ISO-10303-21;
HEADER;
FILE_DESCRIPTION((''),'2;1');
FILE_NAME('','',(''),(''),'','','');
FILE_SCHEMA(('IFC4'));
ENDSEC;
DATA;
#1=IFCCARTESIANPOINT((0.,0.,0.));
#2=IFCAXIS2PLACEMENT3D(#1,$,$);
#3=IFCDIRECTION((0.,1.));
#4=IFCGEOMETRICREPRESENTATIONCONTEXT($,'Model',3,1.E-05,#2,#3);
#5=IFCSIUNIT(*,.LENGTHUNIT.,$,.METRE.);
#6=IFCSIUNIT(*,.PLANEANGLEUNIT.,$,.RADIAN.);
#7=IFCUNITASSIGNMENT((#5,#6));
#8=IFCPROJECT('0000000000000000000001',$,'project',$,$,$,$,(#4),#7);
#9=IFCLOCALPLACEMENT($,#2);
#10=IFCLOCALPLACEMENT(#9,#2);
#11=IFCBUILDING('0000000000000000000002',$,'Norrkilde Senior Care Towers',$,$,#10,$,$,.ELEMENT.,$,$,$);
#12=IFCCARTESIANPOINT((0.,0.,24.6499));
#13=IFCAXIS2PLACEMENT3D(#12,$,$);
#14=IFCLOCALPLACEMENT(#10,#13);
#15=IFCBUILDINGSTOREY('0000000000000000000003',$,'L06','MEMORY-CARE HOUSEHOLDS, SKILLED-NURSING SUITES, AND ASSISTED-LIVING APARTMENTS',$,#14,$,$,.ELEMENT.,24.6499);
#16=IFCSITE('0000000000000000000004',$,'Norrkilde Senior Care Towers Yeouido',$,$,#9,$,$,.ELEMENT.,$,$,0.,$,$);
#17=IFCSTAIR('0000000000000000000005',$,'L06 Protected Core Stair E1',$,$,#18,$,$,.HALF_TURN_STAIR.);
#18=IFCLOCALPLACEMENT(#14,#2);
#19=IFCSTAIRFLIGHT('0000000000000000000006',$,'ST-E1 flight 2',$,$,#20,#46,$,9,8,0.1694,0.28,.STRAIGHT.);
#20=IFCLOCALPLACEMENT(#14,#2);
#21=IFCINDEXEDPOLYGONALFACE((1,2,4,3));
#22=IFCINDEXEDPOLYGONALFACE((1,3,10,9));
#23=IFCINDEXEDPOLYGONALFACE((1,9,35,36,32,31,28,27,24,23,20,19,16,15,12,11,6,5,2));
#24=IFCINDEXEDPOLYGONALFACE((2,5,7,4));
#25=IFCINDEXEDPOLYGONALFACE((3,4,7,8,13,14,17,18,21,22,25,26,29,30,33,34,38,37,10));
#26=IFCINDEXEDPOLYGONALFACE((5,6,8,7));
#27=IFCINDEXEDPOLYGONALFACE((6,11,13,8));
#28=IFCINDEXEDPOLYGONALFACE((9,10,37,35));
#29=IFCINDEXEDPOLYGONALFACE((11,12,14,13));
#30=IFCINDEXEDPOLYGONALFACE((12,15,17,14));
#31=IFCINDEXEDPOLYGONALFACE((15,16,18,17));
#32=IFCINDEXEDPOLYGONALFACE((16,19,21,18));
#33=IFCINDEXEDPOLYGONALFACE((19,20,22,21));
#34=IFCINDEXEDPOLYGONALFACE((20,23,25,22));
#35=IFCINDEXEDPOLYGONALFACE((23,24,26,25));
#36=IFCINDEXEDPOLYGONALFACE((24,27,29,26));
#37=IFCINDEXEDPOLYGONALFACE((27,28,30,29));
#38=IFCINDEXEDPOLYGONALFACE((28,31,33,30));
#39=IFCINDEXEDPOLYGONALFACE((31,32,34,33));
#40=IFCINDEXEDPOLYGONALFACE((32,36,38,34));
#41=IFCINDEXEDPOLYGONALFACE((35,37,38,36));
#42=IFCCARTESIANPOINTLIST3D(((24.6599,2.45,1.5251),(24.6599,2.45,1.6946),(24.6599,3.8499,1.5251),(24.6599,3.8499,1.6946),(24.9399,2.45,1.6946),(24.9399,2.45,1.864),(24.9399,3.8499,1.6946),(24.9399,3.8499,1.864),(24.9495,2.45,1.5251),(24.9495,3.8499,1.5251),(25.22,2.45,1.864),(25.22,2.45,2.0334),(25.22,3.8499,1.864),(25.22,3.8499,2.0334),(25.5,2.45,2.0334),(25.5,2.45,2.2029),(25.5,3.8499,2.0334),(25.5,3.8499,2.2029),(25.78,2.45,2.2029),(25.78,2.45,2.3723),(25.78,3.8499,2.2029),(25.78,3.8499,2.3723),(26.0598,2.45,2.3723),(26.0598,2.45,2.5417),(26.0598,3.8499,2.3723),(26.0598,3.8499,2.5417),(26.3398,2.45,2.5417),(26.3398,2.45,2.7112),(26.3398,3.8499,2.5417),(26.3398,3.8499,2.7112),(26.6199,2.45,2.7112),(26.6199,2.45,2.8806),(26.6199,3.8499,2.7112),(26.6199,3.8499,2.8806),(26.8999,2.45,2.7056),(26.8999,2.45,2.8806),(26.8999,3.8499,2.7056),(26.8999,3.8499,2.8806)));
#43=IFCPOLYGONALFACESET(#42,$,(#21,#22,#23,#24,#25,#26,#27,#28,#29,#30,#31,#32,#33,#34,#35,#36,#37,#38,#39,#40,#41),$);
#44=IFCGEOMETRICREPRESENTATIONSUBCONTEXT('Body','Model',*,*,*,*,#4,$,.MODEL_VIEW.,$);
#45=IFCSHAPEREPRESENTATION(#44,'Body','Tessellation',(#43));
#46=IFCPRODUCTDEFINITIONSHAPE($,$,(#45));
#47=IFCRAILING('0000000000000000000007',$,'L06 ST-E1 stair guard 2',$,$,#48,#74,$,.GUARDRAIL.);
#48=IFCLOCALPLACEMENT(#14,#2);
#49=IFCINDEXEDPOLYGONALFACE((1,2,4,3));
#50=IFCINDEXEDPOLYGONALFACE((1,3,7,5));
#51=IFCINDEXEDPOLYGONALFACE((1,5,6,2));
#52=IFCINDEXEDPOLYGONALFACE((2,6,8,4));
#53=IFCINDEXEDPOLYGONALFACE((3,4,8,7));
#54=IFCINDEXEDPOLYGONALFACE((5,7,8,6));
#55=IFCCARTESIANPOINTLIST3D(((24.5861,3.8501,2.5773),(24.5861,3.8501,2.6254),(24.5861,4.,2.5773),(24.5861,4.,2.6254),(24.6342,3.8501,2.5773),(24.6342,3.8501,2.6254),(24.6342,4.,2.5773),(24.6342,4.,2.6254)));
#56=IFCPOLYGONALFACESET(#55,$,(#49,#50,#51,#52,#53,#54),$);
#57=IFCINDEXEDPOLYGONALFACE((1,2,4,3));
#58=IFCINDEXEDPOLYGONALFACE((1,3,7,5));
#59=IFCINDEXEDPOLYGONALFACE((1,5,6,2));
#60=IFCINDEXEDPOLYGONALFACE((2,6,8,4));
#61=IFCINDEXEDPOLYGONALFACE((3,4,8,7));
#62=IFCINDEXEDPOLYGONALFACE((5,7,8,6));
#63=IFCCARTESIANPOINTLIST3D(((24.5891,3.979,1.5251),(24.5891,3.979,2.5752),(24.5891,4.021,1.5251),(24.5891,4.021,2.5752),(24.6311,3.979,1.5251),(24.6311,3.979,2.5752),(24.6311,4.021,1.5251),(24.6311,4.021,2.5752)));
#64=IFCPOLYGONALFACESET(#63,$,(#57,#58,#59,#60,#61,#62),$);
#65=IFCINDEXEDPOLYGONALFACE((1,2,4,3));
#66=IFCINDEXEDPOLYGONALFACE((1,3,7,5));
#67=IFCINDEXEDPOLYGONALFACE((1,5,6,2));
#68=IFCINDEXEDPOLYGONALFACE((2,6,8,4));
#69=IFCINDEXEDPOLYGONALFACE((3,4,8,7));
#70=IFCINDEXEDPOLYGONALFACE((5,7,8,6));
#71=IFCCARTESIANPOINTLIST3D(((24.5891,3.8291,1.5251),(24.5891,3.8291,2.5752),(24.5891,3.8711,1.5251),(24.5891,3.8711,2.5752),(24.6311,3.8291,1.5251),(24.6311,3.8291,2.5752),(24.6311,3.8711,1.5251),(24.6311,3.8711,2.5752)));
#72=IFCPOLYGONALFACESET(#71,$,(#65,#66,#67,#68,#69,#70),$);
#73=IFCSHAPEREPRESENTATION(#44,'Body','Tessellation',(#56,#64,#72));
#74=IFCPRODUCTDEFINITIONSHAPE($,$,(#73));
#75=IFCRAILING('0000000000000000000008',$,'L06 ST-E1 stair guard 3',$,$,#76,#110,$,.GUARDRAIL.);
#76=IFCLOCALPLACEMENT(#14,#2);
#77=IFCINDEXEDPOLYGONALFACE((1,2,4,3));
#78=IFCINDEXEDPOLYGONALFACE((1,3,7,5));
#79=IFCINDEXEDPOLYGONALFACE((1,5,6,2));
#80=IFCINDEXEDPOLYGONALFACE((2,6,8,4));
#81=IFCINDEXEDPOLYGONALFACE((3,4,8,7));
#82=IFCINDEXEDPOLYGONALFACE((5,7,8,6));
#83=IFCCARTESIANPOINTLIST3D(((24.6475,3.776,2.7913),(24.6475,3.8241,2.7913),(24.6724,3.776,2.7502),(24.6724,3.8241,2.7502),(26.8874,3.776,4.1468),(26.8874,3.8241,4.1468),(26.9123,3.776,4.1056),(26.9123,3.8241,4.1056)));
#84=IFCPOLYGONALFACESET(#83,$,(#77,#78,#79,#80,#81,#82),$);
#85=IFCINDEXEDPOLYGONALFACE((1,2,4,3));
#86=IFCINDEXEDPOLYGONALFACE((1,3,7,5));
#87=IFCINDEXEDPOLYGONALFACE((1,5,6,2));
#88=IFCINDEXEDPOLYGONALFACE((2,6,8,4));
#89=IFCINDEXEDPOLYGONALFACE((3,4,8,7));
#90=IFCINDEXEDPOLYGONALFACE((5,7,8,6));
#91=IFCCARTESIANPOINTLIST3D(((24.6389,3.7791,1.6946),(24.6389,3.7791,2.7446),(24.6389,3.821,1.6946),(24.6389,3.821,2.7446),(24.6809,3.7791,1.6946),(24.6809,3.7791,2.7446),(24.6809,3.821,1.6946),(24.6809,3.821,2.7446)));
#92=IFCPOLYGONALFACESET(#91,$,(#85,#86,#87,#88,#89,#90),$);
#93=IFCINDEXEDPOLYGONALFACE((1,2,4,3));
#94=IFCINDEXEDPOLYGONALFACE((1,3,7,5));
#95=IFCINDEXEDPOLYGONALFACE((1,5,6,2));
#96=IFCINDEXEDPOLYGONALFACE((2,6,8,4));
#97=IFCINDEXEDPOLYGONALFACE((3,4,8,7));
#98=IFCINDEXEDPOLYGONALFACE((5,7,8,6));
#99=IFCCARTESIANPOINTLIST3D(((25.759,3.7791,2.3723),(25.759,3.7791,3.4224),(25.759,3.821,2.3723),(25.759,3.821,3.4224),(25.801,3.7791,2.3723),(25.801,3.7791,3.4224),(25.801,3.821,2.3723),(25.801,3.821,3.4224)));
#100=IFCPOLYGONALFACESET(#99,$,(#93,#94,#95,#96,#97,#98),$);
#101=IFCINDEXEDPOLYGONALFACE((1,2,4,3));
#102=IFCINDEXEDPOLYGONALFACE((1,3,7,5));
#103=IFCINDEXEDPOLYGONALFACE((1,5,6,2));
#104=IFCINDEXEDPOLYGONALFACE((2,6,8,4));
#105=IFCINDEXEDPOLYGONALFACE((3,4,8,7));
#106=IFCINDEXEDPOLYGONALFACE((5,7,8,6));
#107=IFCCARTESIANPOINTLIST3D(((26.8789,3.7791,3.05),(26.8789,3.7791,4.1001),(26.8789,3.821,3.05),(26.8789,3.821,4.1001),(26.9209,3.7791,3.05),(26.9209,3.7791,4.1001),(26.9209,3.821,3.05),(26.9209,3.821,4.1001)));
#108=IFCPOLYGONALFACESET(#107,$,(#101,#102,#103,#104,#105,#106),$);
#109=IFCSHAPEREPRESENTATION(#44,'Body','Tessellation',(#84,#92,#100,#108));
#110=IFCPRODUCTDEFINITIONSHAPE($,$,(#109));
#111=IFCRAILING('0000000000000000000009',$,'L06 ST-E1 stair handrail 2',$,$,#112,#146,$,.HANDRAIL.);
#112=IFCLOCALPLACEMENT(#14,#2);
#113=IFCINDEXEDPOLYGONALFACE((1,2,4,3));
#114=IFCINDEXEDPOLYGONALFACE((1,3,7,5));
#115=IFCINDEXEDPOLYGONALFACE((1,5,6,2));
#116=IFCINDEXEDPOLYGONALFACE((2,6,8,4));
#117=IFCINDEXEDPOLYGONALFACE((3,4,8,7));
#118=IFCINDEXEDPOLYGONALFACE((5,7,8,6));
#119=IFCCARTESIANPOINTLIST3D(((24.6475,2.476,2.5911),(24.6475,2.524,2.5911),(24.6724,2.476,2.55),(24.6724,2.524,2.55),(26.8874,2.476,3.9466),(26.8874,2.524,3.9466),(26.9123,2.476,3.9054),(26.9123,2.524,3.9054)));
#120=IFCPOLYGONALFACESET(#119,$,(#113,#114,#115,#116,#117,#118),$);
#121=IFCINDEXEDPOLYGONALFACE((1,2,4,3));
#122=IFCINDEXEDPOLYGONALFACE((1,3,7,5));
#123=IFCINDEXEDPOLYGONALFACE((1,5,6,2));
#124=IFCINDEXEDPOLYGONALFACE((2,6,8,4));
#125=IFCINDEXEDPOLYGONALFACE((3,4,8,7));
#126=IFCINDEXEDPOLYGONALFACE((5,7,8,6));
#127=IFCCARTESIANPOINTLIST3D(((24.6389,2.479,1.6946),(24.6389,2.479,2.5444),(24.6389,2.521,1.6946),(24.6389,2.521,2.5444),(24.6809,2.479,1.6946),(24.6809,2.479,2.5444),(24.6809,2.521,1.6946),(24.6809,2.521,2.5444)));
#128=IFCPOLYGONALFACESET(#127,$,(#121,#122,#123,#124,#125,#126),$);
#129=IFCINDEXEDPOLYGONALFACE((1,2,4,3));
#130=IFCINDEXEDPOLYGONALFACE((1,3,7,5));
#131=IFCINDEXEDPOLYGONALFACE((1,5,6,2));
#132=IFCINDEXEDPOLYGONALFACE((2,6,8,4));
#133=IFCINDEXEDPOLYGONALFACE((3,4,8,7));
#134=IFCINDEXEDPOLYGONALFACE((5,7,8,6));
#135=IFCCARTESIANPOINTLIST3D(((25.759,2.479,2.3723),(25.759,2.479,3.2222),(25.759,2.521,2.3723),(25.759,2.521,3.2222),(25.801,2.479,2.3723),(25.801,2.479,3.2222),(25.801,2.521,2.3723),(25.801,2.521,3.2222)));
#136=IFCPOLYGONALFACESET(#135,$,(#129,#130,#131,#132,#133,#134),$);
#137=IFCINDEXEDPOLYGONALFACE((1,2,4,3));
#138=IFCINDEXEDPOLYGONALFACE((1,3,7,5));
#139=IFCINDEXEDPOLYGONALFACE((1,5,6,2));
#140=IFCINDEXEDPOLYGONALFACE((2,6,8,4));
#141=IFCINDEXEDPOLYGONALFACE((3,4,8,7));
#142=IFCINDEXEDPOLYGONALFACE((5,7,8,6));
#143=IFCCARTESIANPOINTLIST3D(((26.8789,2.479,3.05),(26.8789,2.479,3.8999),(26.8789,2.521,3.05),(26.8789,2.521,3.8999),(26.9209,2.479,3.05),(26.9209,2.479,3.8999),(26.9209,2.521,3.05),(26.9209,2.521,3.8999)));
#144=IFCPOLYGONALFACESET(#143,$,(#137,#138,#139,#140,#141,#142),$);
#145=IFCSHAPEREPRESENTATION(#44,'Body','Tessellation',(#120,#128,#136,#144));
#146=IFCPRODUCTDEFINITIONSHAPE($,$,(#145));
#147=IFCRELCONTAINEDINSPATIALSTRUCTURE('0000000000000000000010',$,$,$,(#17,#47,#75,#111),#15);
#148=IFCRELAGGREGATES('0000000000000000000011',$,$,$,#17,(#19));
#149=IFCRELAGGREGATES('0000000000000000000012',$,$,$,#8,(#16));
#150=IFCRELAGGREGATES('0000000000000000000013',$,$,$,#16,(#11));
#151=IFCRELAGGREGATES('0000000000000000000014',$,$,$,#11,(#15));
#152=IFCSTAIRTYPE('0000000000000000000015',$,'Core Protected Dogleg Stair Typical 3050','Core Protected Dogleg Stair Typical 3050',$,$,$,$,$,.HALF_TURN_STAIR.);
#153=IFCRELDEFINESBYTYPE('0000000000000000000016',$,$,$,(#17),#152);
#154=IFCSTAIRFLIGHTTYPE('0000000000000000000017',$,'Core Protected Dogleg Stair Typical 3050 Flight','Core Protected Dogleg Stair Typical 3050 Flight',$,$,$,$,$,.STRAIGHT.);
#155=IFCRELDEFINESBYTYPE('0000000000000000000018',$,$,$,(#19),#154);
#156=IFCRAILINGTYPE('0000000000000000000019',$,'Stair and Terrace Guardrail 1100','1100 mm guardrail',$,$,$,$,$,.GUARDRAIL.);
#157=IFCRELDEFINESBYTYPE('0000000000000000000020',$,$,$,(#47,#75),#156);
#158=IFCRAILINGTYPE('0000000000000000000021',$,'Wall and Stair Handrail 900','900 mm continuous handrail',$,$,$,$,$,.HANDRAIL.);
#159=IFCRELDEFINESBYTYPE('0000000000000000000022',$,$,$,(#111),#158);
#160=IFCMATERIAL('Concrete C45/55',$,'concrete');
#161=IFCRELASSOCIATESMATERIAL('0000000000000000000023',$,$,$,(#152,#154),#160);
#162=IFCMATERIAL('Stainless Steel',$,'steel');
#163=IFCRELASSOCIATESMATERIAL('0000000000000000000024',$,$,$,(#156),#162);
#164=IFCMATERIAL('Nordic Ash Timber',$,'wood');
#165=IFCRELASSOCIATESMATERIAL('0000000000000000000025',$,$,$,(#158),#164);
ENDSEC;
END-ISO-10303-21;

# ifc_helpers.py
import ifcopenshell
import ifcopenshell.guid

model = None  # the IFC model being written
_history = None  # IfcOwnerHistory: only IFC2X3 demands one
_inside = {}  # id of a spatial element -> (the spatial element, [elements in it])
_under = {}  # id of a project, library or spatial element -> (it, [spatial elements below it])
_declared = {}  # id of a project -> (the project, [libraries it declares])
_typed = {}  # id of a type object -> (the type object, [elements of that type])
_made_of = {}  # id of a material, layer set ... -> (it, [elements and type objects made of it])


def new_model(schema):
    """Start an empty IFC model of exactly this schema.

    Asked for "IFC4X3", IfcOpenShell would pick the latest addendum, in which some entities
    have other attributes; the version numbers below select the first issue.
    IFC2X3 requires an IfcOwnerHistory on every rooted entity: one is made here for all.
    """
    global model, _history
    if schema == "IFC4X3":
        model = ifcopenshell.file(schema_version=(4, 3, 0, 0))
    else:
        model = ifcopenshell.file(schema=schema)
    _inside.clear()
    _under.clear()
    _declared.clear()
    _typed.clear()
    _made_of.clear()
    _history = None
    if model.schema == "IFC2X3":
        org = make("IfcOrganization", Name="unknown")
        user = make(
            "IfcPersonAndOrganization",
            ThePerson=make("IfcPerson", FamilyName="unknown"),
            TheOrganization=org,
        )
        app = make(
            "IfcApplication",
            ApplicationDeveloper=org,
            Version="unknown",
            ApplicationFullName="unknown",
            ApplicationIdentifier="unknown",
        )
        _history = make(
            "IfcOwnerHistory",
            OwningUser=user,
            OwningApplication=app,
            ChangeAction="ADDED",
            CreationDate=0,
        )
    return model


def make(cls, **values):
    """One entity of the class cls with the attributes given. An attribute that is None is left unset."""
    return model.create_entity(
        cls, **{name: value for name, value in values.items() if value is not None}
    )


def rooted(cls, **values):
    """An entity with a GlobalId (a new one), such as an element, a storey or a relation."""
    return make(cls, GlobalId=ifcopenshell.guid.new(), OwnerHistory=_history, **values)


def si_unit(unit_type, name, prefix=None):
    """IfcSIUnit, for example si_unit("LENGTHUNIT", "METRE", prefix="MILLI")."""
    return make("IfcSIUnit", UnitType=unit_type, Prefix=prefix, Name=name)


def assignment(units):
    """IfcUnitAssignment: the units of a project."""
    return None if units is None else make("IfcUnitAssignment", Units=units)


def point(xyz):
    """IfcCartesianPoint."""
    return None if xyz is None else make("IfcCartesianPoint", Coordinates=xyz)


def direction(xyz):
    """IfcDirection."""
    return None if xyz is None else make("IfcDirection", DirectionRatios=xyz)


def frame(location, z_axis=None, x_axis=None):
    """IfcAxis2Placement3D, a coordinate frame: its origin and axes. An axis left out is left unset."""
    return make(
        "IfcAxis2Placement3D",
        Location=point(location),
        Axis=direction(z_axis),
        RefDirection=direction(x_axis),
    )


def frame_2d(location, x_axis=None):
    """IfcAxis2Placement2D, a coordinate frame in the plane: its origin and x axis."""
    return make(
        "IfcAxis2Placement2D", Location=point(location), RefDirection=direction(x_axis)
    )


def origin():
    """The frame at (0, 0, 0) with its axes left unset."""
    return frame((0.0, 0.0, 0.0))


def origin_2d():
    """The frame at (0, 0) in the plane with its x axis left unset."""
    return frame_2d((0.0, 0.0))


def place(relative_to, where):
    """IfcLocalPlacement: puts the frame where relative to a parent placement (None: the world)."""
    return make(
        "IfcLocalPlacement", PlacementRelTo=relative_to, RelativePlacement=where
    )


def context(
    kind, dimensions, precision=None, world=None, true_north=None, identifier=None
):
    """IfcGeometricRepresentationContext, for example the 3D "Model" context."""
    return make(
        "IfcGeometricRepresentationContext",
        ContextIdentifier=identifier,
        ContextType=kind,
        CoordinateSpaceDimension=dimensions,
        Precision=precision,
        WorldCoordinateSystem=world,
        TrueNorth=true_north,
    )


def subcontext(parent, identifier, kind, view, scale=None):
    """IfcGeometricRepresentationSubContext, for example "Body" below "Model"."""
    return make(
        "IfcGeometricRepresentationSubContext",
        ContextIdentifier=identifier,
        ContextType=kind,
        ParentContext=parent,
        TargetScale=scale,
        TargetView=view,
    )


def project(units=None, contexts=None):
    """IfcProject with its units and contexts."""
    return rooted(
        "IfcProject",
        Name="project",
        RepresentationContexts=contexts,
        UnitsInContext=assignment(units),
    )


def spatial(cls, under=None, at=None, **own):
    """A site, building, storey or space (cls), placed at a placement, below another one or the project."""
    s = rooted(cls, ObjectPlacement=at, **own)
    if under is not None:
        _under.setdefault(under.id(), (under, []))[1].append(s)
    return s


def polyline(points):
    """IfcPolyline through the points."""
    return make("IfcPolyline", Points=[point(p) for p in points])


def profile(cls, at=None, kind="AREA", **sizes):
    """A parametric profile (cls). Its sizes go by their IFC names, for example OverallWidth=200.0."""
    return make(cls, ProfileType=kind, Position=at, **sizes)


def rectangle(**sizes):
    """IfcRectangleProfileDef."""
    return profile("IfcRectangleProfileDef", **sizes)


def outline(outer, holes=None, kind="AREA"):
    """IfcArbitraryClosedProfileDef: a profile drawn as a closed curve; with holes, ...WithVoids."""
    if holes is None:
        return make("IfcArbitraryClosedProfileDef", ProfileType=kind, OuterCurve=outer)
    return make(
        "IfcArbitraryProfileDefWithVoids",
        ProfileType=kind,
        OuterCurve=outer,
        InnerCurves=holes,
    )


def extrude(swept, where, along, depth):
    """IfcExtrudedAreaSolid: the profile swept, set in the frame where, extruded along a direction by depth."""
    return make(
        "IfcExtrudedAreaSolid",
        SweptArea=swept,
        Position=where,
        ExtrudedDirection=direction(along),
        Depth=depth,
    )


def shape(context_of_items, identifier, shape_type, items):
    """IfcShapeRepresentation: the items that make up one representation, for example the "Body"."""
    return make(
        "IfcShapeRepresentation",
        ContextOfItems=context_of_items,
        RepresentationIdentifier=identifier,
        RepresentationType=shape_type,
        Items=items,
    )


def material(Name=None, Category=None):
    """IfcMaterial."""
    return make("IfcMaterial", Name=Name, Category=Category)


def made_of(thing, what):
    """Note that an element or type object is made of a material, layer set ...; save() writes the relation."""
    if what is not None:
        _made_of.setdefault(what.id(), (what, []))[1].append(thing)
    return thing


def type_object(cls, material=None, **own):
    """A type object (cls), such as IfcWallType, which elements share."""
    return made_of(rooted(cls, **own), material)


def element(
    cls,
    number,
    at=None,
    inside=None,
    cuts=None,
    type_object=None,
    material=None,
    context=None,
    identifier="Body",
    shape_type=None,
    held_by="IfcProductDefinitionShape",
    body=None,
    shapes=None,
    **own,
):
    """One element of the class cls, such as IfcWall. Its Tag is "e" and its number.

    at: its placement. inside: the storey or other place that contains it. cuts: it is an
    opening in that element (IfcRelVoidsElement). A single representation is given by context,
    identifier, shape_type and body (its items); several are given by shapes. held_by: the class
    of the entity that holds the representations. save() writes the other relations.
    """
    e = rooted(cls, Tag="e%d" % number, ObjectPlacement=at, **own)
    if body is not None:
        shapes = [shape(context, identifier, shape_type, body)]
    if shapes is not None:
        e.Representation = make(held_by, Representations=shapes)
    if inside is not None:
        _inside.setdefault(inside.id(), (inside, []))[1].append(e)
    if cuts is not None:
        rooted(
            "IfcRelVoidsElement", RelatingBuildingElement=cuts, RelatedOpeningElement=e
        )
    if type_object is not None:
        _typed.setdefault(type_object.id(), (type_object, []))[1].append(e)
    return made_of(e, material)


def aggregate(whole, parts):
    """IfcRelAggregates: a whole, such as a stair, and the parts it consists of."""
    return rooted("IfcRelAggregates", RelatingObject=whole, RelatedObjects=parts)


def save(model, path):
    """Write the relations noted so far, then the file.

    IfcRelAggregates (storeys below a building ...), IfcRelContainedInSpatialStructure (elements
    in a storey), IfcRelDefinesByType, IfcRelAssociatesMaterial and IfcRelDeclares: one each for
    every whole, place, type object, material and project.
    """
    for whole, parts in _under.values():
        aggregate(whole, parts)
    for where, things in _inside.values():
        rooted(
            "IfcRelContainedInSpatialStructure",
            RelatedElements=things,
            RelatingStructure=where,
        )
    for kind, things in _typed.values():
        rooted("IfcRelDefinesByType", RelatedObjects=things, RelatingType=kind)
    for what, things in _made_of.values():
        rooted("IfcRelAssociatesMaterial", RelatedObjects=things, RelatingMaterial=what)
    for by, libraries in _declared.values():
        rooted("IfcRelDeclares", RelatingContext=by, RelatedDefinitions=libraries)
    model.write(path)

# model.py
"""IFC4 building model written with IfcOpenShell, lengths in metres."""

from ifc_helpers import new_model, si_unit, direction, frame, origin, origin_2d, place, context, subcontext, project, spatial, polyline, rectangle, outline, extrude, material, type_object, element, aggregate, save


model = new_model("IFC4")

# Units and contexts
model_context = context("Model", 3, precision=1e-05, world=origin(), true_north=direction((0.0, 1.0)))
body_context = subcontext(model_context, "Body", "Model", "MODEL_VIEW")
ifc_project = project(units=[si_unit("LENGTHUNIT", "METRE"), si_unit("PLANEANGLEUNIT", "RADIAN")], contexts=[model_context])

# Site, building, storey
site_placement = place(None, origin())
site = spatial("IfcSite", under=ifc_project, at=site_placement, Name="Norrkilde Senior Care Towers Yeouido", CompositionType="ELEMENT", RefElevation=0.0)
building_placement = place(site_placement, origin())
building = spatial("IfcBuilding", under=site, at=building_placement, Name="Norrkilde Senior Care Towers", CompositionType="ELEMENT")
storey_placement = place(building_placement, frame((0.0, 0.0, 24.6499)))
storey = spatial("IfcBuildingStorey", under=building, at=storey_placement, Name="L06", Description="MEMORY-CARE HOUSEHOLDS, SKILLED-NURSING SUITES, AND ASSISTED-LIVING APARTMENTS", CompositionType="ELEMENT", Elevation=24.6499)

# Shared definitions
ifc_material_1 = material(Name="Concrete C45/55", Category="concrete")

# Shared definitions
ifc_material_2 = material(Name="Nordic Ash Timber", Category="wood")

# Stair, stair flight
stair_type = type_object("IfcStairType", Name="Core Protected Dogleg Stair Typical 3050", Description="Core Protected Dogleg Stair Typical 3050", PredefinedType="HALF_TURN_STAIR", material=ifc_material_1)
stair_placement = place(storey_placement, origin())
stair = element("IfcStair", 1, at=stair_placement, inside=storey, type_object=stair_type, Name="L06 Protected Core Stair E1", PredefinedType="HALF_TURN_STAIR")
stair_flight_type = type_object("IfcStairFlightType", Name="Core Protected Dogleg Stair Typical 3050 Flight", Description="Core Protected Dogleg Stair Typical 3050 Flight", PredefinedType="STRAIGHT", material=ifc_material_1)
stair_flight_placement = place(storey_placement, frame((24.6599, 3.1499, 1.5251), z_axis=(0.0, 0.0, 1.0), x_axis=(1.0, 0.0, 0.0)))
stair_flight = element("IfcStairFlight", 2, at=stair_flight_placement, type_object=stair_flight_type, Name="ST-E1 flight 2", NumberOfRisers=9, NumberOfTreads=8, PredefinedType="STRAIGHT", RiserHeight=0.1694, TreadLength=0.28, context=body_context, shape_type="SweptSolid", body=[
    extrude(outline(polyline([(0.0, 0.0), (0.0, 0.1694), (0.28, 0.1694), (0.28, 0.3389), (0.5601, 0.3389), (0.5601, 0.5083), (0.8401, 0.5083), (0.8401, 0.6777), (1.1201, 0.6777), (1.1201, 0.8472), (1.3999, 0.8472), (1.3999, 1.0166), (1.6799, 1.0166), (1.6799, 1.186), (1.96, 1.186), (1.96, 1.3555), (2.24, 1.3555), (2.24, 1.5249), (2.24, 1.1804), (0.2896, 0.0), (0.0, 0.0)])), frame((0.0, 0.7, 0.0), z_axis=(0.0, -1.0, 0.0), x_axis=(1.0, 0.0, 0.0)), (0.0, 0.0, 1.0), 1.3999),
])
aggregate(stair, [stair_flight])

# Railings
ifc_material_3 = material(Name="Stainless Steel", Category="steel")
railing_type_1 = type_object("IfcRailingType", Name="Stair and Terrace Guardrail 1100", Description="1100 mm guardrail", PredefinedType="GUARDRAIL", material=ifc_material_3)
railing_1_placement = place(storey_placement, frame((24.6101, 4.0, 1.5251)))
element("IfcRailing", 3, at=railing_1_placement, inside=storey, type_object=railing_type_1, Name="L06 ST-E1 stair guard 2", PredefinedType="GUARDRAIL", context=body_context, shape_type="SweptSolid", body=[
    extrude(rectangle(XDim=0.0481, YDim=0.0481, at=origin_2d()), frame((0.0, 0.0, 1.0762), z_axis=(0.0, -1.0, 0.0), x_axis=(1.0, 0.0, 0.0)), (0.0, 0.0, 1.0), 0.1499),
    extrude(rectangle(XDim=0.042, YDim=0.042, at=origin_2d()), origin(), (0.0, 0.0, 1.0), 1.05),
    extrude(rectangle(XDim=0.042, YDim=0.042, at=origin_2d()), frame((0.0, -0.1499, 0.0)), (0.0, 0.0, 1.0), 1.05),
])
railing_2_placement = place(storey_placement, frame((24.6599, 3.8, 1.6946)))
element("IfcRailing", 4, at=railing_2_placement, inside=storey, type_object=railing_type_1, Name="L06 ST-E1 stair guard 3", PredefinedType="GUARDRAIL", context=body_context, shape_type="SweptSolid", body=[
    extrude(rectangle(XDim=0.0481, YDim=0.0481, at=origin_2d()), frame((0.0, 0.0, 1.0762), z_axis=(0.855553, 0.0, 0.517715), x_axis=(0.0, 1.0, 0.0)), (0.0, 0.0, 1.0), 2.6182),
    extrude(rectangle(XDim=0.042, YDim=0.042, at=origin_2d()), origin(), (0.0, 0.0, 1.0), 1.05),
    extrude(rectangle(XDim=0.042, YDim=0.042, at=origin_2d()), frame((1.1201, 0.0, 0.6777)), (0.0, 0.0, 1.0), 1.05),
    extrude(rectangle(XDim=0.042, YDim=0.042, at=origin_2d()), frame((2.24, 0.0, 1.3555)), (0.0, 0.0, 1.0), 1.05),
])
railing_type_2 = type_object("IfcRailingType", Name="Wall and Stair Handrail 900", Description="900 mm continuous handrail", PredefinedType="HANDRAIL", material=ifc_material_2)
railing_3_placement = place(storey_placement, frame((24.6599, 2.5, 1.6946)))
element("IfcRailing", 5, at=railing_3_placement, inside=storey, type_object=railing_type_2, Name="L06 ST-E1 stair handrail 2", PredefinedType="HANDRAIL", context=body_context, shape_type="SweptSolid", body=[
    extrude(rectangle(XDim=0.0481, YDim=0.0481, at=origin_2d()), frame((0.0, 0.0, 0.876), z_axis=(0.855553, 0.0, 0.517715), x_axis=(0.0, 1.0, 0.0)), (0.0, 0.0, 1.0), 2.6182),
    extrude(rectangle(XDim=0.042, YDim=0.042, at=origin_2d()), origin(), (0.0, 0.0, 1.0), 0.8499),
    extrude(rectangle(XDim=0.042, YDim=0.042, at=origin_2d()), frame((1.1201, 0.0, 0.6777)), (0.0, 0.0, 1.0), 0.8499),
    extrude(rectangle(XDim=0.042, YDim=0.042, at=origin_2d()), frame((2.24, 0.0, 1.3555)), (0.0, 0.0, 1.0), 0.8499),
])

save(model, "model.ifc")
